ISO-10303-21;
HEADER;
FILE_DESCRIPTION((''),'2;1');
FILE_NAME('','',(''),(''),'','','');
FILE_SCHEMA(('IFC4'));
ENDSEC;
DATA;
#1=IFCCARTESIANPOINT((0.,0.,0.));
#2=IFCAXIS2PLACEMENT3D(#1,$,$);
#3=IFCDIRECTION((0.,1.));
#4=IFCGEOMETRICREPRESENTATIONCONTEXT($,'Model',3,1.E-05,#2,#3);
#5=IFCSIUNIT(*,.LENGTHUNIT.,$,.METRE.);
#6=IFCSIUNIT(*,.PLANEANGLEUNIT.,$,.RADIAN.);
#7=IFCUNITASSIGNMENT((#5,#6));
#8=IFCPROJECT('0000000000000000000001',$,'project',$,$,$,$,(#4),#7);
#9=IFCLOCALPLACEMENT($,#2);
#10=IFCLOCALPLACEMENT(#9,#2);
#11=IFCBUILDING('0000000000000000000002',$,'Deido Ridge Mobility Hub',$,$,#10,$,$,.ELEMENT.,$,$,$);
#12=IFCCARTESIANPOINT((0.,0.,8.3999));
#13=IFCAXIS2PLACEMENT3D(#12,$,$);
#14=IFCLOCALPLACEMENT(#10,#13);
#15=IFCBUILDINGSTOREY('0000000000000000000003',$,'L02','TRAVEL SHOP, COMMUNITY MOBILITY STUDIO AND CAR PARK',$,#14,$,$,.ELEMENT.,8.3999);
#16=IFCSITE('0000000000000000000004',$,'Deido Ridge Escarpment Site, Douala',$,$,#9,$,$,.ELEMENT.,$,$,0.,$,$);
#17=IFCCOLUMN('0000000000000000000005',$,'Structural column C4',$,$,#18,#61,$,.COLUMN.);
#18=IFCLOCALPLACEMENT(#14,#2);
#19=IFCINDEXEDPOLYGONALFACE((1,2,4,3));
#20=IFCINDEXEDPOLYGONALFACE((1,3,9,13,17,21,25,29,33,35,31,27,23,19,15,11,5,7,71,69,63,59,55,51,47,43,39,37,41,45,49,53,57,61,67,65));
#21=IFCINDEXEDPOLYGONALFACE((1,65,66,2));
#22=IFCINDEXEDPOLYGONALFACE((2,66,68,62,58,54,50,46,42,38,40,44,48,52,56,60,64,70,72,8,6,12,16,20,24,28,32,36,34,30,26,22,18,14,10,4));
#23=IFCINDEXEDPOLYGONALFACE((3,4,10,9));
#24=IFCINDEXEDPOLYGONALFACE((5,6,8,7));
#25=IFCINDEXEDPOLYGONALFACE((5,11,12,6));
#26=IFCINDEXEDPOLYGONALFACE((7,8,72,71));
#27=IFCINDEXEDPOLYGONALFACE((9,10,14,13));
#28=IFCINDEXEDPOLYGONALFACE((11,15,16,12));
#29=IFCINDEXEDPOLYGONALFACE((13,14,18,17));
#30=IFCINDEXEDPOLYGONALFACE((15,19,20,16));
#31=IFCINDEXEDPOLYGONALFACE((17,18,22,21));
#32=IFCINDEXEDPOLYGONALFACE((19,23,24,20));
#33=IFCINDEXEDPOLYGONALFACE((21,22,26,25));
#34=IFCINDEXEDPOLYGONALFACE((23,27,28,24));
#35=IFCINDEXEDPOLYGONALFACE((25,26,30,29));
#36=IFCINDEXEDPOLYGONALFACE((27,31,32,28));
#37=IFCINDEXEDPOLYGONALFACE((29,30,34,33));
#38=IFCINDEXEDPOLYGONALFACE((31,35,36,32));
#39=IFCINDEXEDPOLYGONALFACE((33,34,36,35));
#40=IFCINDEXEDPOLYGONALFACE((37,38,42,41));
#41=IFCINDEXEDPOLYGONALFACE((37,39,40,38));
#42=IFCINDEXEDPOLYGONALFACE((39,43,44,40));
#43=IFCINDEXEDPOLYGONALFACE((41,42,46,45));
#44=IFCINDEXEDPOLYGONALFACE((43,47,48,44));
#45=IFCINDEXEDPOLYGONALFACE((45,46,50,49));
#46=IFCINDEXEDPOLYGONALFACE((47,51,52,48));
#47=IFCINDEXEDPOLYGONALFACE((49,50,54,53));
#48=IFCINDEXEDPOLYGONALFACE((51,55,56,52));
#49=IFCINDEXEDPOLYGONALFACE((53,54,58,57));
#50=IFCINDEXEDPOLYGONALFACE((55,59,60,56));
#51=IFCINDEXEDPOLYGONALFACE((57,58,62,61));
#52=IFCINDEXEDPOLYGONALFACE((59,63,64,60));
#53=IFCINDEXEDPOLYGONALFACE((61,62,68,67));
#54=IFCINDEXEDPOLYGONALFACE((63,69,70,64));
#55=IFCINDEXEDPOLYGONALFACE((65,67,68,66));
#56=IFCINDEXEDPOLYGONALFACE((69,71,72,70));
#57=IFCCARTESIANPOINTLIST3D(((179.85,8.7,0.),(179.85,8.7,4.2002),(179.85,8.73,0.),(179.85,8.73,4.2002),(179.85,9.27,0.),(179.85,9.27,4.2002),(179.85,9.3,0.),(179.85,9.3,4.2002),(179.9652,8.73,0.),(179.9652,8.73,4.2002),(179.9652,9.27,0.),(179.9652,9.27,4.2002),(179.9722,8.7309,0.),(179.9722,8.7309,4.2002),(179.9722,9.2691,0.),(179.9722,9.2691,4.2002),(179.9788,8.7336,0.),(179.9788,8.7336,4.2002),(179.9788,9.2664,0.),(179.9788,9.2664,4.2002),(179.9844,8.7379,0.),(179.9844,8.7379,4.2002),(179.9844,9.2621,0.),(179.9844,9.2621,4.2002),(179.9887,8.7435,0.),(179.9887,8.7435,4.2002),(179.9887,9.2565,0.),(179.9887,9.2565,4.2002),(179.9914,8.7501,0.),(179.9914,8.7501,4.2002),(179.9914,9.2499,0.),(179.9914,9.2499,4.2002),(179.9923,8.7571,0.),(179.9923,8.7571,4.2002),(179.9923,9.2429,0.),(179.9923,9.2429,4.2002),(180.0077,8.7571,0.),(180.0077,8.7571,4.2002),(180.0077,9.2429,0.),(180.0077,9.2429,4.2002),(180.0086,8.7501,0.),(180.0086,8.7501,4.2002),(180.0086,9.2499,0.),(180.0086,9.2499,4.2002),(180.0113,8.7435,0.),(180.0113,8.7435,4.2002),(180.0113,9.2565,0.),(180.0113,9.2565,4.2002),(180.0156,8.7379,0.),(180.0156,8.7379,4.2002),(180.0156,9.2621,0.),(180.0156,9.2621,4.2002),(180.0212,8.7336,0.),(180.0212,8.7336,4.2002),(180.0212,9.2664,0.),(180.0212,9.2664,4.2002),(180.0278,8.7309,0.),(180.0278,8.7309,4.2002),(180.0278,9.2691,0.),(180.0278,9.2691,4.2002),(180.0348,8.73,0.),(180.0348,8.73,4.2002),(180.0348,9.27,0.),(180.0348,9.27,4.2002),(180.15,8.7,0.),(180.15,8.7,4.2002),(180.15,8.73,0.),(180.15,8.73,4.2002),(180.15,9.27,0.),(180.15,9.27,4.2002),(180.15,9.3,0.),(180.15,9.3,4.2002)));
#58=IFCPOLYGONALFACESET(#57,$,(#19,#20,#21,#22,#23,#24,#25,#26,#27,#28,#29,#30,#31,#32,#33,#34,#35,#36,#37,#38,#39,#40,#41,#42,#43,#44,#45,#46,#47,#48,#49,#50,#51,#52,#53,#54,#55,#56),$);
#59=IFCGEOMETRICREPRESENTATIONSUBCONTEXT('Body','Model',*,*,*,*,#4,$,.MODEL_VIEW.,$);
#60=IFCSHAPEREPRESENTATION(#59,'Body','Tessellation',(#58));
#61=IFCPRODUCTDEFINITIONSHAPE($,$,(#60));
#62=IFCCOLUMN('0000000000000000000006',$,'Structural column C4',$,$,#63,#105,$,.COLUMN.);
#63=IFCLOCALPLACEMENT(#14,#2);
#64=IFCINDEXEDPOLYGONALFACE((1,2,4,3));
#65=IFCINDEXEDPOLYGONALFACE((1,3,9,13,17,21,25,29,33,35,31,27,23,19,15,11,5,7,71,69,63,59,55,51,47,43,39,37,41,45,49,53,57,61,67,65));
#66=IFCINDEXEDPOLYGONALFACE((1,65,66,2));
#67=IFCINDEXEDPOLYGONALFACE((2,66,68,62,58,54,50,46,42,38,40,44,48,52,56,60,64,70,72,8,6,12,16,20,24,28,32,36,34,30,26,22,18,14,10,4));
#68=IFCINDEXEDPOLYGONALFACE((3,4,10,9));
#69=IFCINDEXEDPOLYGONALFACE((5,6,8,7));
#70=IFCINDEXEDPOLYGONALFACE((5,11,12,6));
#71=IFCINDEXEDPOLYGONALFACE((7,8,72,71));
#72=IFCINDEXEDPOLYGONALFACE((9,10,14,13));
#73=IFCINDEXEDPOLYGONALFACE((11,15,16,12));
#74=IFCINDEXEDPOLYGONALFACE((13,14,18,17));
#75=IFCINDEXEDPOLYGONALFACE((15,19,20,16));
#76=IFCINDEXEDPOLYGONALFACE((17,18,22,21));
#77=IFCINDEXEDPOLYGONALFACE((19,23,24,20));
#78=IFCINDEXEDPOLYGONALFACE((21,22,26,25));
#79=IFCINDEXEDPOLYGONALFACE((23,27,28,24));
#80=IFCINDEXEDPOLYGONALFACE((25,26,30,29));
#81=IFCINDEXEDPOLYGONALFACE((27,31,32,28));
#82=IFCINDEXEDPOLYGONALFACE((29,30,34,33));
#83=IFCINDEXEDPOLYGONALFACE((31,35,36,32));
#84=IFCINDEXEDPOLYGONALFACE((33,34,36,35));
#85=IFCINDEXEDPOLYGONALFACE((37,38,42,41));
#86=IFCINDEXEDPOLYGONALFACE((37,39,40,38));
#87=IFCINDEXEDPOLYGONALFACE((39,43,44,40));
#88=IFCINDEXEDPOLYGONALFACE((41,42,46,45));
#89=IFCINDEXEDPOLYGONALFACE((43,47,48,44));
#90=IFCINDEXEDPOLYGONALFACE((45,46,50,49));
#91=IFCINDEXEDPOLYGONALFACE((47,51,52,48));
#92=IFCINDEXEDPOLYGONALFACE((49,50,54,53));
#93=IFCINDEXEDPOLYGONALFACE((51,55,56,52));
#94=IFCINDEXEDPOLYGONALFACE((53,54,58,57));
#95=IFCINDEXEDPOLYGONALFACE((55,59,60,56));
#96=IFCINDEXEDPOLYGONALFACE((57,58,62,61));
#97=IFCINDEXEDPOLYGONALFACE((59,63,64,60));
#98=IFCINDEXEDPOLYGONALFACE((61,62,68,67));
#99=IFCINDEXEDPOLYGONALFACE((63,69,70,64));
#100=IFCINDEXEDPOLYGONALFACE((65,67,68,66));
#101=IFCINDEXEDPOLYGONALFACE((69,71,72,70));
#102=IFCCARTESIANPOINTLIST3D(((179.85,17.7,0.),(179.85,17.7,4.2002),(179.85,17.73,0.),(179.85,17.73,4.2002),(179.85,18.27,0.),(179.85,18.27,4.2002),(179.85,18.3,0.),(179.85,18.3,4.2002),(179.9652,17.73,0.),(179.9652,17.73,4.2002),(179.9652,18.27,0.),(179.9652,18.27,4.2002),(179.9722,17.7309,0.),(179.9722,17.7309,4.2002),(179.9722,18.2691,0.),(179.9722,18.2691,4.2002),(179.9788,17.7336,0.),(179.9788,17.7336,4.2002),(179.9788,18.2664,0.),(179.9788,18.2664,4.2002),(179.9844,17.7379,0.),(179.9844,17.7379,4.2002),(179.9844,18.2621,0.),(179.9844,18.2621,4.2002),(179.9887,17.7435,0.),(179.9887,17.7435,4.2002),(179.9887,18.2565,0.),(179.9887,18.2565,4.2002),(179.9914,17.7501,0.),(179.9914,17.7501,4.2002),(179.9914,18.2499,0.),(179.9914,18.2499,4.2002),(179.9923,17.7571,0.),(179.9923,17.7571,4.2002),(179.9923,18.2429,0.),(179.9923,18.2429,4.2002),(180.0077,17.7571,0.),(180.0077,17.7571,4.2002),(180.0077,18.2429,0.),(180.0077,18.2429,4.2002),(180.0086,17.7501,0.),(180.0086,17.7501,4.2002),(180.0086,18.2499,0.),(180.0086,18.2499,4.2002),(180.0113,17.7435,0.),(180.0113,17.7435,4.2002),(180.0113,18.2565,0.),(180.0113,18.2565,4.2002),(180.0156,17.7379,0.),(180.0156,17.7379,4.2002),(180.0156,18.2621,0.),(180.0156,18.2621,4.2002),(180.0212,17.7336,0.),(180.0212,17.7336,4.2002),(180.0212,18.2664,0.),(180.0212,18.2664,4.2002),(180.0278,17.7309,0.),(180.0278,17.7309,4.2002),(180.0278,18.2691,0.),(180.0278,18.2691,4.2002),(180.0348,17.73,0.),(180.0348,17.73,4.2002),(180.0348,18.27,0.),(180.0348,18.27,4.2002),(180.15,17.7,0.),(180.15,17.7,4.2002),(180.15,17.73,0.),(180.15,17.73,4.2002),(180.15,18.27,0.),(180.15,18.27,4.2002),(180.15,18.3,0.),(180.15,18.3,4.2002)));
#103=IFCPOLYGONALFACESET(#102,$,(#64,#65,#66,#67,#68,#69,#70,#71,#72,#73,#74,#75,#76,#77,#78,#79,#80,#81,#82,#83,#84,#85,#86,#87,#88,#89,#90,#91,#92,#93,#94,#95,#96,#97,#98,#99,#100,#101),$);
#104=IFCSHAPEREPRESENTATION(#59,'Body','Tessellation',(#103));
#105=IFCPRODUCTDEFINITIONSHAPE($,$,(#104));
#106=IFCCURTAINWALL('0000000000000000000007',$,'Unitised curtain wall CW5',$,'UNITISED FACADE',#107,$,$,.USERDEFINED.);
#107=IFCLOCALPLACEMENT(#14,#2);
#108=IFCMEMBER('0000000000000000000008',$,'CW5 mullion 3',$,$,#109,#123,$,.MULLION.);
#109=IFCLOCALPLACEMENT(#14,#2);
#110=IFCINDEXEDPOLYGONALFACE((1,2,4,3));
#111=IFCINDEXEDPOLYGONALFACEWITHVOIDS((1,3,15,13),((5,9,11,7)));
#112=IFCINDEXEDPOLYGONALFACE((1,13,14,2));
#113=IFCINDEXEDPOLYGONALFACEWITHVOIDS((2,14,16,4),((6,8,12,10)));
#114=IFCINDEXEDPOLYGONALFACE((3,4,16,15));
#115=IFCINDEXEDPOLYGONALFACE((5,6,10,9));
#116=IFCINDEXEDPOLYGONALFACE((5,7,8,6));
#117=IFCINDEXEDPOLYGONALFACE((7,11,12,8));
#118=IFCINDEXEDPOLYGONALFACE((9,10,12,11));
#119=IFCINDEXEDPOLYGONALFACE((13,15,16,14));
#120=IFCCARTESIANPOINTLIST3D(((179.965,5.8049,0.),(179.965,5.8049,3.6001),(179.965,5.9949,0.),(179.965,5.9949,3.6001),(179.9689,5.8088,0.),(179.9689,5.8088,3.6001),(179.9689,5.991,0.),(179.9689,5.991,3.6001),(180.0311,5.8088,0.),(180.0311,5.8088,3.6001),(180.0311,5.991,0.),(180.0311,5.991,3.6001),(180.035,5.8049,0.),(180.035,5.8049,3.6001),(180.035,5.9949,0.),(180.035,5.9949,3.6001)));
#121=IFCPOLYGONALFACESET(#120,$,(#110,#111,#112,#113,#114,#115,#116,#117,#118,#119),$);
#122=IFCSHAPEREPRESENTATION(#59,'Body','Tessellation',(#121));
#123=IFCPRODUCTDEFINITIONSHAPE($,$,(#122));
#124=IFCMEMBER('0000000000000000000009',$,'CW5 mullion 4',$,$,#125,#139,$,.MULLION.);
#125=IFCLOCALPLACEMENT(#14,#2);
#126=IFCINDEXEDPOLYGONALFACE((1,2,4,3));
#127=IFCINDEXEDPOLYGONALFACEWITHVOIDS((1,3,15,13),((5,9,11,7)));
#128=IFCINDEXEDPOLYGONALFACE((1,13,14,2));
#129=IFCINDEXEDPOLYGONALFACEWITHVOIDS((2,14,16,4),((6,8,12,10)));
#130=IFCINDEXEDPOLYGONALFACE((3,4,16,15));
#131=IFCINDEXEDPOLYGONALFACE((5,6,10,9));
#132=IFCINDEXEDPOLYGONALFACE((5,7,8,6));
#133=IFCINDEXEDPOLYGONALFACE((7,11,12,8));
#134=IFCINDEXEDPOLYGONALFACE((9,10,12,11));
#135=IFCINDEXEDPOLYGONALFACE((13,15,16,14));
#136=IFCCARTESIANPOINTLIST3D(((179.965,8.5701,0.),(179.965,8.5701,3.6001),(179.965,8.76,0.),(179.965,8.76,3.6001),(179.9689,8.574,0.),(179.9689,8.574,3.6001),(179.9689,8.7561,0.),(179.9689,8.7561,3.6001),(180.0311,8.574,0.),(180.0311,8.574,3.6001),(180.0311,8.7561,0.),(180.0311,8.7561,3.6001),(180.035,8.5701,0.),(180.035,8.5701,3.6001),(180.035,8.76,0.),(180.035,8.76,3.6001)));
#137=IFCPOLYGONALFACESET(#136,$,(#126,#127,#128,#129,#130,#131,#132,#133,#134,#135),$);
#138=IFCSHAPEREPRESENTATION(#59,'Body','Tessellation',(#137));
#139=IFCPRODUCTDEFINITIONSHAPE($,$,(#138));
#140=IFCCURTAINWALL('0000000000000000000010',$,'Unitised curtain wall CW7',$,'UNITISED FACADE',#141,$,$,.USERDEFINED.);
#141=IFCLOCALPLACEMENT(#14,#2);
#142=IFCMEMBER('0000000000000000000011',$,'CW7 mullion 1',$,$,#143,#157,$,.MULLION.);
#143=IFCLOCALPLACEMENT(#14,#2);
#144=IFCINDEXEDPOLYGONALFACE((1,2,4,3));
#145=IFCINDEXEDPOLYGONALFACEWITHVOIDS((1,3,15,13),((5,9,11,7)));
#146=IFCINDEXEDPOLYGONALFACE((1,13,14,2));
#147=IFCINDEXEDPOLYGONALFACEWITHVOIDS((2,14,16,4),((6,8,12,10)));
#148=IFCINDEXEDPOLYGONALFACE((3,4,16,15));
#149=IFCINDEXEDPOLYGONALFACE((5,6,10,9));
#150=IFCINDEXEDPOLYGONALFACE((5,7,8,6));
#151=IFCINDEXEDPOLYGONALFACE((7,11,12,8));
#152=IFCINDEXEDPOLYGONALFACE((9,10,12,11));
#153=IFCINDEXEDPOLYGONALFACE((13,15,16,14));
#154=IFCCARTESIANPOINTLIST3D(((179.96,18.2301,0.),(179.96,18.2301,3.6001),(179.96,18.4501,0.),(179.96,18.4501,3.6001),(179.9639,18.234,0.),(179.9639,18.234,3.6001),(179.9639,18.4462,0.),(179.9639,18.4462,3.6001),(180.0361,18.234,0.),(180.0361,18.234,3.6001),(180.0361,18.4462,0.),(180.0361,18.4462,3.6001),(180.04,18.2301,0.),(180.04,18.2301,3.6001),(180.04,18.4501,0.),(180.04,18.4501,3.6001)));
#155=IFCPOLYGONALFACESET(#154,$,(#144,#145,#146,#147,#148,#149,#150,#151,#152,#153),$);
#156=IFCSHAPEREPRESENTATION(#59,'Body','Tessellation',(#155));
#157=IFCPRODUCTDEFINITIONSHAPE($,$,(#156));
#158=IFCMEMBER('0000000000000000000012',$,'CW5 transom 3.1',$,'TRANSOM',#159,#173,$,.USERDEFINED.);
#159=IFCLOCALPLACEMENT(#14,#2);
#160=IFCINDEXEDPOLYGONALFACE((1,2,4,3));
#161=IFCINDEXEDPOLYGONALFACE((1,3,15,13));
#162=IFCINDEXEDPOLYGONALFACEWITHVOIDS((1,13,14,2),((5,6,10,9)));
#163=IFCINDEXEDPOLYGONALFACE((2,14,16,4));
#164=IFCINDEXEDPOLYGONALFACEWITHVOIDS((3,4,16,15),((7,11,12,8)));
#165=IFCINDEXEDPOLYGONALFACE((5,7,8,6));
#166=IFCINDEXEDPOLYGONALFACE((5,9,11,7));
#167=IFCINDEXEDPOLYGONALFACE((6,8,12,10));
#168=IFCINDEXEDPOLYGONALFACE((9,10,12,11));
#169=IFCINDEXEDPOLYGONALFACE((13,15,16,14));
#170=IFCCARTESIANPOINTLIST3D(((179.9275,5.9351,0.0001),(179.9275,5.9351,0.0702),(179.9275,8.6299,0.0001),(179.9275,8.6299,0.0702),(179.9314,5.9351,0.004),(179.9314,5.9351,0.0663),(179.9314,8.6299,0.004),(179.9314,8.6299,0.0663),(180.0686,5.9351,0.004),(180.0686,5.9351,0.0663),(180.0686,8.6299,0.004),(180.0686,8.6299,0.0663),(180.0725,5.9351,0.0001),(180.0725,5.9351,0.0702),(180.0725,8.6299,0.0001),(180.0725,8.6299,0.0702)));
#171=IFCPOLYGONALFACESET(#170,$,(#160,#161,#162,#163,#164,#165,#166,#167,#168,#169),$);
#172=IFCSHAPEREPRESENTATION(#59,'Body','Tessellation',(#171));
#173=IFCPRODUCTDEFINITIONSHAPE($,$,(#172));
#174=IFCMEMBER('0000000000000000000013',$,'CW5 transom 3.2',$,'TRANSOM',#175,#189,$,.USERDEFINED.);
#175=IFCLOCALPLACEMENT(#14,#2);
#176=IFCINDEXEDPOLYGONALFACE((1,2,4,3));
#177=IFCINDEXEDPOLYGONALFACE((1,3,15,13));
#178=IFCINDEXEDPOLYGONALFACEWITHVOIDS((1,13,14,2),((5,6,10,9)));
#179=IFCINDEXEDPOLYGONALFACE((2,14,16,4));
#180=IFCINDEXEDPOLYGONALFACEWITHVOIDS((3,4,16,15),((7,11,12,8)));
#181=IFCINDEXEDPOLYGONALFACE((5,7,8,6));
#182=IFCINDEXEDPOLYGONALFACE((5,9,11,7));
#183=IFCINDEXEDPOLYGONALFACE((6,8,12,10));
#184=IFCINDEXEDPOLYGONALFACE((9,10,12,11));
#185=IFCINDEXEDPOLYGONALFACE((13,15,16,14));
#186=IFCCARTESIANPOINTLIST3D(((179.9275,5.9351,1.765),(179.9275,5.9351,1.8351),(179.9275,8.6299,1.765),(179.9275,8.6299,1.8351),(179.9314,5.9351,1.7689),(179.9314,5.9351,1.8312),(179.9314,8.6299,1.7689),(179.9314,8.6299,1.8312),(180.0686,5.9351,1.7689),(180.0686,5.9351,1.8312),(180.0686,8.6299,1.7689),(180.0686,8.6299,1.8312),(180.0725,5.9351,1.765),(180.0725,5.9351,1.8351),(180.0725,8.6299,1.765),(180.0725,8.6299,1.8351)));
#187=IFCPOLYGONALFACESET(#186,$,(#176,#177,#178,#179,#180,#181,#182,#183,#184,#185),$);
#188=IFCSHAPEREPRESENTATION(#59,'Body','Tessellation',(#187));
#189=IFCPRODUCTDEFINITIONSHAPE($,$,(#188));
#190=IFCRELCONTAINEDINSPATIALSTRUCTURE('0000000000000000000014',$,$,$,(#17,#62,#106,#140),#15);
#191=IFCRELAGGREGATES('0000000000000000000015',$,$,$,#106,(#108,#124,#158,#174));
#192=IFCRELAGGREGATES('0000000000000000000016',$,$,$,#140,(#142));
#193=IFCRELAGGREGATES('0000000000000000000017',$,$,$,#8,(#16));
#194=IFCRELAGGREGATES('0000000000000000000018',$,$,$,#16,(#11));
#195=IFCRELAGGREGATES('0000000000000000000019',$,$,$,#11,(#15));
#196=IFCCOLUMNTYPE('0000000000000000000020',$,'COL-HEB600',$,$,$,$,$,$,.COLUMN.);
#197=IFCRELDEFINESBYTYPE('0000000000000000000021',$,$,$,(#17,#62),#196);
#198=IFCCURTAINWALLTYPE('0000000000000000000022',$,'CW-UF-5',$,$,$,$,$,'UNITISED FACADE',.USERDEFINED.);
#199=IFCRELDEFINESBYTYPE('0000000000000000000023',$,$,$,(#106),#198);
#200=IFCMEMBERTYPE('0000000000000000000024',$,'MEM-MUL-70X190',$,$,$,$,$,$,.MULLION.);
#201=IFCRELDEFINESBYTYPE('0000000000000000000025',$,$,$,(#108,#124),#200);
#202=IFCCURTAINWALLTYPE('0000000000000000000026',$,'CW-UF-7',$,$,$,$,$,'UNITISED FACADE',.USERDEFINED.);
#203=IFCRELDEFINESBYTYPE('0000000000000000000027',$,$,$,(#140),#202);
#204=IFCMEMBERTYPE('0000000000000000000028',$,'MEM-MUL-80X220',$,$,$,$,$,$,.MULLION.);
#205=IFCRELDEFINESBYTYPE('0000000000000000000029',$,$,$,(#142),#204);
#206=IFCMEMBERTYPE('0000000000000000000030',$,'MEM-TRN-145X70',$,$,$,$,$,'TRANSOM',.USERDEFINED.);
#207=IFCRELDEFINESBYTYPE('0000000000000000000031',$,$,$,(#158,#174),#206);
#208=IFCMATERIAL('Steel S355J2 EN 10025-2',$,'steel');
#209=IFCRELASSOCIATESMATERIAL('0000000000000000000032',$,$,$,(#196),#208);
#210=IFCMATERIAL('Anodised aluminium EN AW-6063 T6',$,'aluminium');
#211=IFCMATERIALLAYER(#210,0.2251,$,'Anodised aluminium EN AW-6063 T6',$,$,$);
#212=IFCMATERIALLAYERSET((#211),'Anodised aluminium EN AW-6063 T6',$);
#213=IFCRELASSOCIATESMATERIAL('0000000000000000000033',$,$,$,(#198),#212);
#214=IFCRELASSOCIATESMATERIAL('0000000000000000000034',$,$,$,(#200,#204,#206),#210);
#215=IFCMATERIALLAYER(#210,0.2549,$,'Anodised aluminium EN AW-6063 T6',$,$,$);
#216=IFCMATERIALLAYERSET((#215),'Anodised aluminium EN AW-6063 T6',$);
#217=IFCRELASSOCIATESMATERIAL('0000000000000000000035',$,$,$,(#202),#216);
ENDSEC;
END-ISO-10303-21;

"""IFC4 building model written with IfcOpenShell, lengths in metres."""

from ifc_helpers import new_model, si_unit, direction, frame, origin, origin_2d, place, context, subcontext, project, spatial, hollow_rectangle, i_section, extrude, material, layer, layer_set, material_profile, profile_set, type_object, element, aggregate, save


model = new_model("IFC4")

# Units and contexts
model_context = context("Model", 3, precision=1e-05, world=origin(), true_north=direction((0.0, 1.0)))
body_context = subcontext(model_context, "Body", "Model", "MODEL_VIEW")
ifc_project = project(units=[si_unit("LENGTHUNIT", "METRE"), si_unit("PLANEANGLEUNIT", "RADIAN")], contexts=[model_context])

# Site, building, storey
site_placement = place(None, origin())
site = spatial("IfcSite", under=ifc_project, at=site_placement, Name="Deido Ridge Escarpment Site, Douala", CompositionType="ELEMENT", RefElevation=0.0)
building_placement = place(site_placement, origin())
building = spatial("IfcBuilding", under=site, at=building_placement, Name="Deido Ridge Mobility Hub", CompositionType="ELEMENT")
storey_placement = place(building_placement, frame((0.0, 0.0, 8.3999)))
storey = spatial("IfcBuildingStorey", under=building, at=storey_placement, Name="L02", Description="TRAVEL SHOP, COMMUNITY MOBILITY STUDIO AND CAR PARK", CompositionType="ELEMENT", Elevation=8.3999)

# Columns
ifc_material_1 = material(Name="Steel S355J2 EN 10025-2", Category="steel")
ifc_material_profile_1 = material_profile(ifc_material_1, i_section(OverallWidth=0.3, OverallDepth=0.6001, WebThickness=0.0154, FlangeThickness=0.03, FilletRadius=0.0271, at=origin_2d()), Name="HEB 600")
ifc_profile_set_1 = profile_set([ifc_material_profile_1], Name="Steel S355J2 EN 10025-2")
column_type = type_object("IfcColumnType", Name="COL-HEB600", PredefinedType="COLUMN", material=ifc_profile_set_1)
for number, where, z_axis, x_axis, name in (
    (1, (180.0, 9.0, 0.0), (0.0, 0.0, 1.0), (1.0, 0.0, 0.0), "Structural column C4"),
    (2, (180.0, 18.0, 0.0), (0.0, 0.0, 1.0), (1.0, 0.0, 0.0), "Structural column C4"),
):
    element("IfcColumn", number, at=place(storey_placement, frame(where, z_axis=z_axis, x_axis=x_axis)), inside=storey, type_object=column_type, Name=name, PredefinedType="COLUMN", context=body_context, shape_type="SweptSolid", body=[
        extrude(i_section(OverallWidth=0.3, OverallDepth=0.6001, WebThickness=0.0154, FlangeThickness=0.03, FilletRadius=0.0271, at=origin_2d()), origin(), (0.0, 0.0, 1.0), 4.2002),
    ])

# Curtain wall, members
ifc_material_2 = material(Name="Anodised aluminium EN AW-6063 T6", Category="aluminium")
ifc_layer_1 = layer(ifc_material_2, 0.2251, Name="Anodised aluminium EN AW-6063 T6")
ifc_layer_set_1 = layer_set([ifc_layer_1], Name="Anodised aluminium EN AW-6063 T6")
curtain_wall_type_1 = type_object("IfcCurtainWallType", Name="CW-UF-5", ElementType="UNITISED FACADE", PredefinedType="USERDEFINED", material=ifc_layer_set_1)
curtain_wall_1_placement = place(storey_placement, origin())
curtain_wall_1 = element("IfcCurtainWall", 3, at=curtain_wall_1_placement, inside=storey, type_object=curtain_wall_type_1, Name="Unitised curtain wall CW5", ObjectType="UNITISED FACADE", PredefinedType="USERDEFINED")
ifc_material_profile_2 = material_profile(ifc_material_2, hollow_rectangle(XDim=0.0701, YDim=0.1899, WallThickness=0.0039, at=origin_2d()), Name="RHS 70x190x4")
ifc_profile_set_2 = profile_set([ifc_material_profile_2], Name="Anodised aluminium EN AW-6063 T6")
member_type_1 = type_object("IfcMemberType", Name="MEM-MUL-70X190", PredefinedType="MULLION", material=ifc_profile_set_2)
member_1_placement = place(storey_placement, frame((180.0, 5.8999, 0.0), z_axis=(0.0, 0.0, 1.0), x_axis=(-1.0, 0.0, 0.0)))
member_1 = element("IfcMember", 4, at=member_1_placement, type_object=member_type_1, Name="CW5 mullion 3", PredefinedType="MULLION", context=body_context, shape_type="SweptSolid", body=[
    extrude(hollow_rectangle(XDim=0.0701, YDim=0.1899, WallThickness=0.0039, at=origin_2d()), origin(), (0.0, 0.0, 1.0), 3.6001),
])
member_2_placement = place(storey_placement, frame((180.0, 8.665, 0.0), z_axis=(0.0, 0.0, 1.0), x_axis=(-1.0, 0.0, 0.0)))
member_2 = element("IfcMember", 5, at=member_2_placement, type_object=member_type_1, Name="CW5 mullion 4", PredefinedType="MULLION", context=body_context, shape_type="SweptSolid", body=[
    extrude(hollow_rectangle(XDim=0.0701, YDim=0.1899, WallThickness=0.0039, at=origin_2d()), origin(), (0.0, 0.0, 1.0), 3.6001),
])

# Curtain wall, member
ifc_layer_2 = layer(ifc_material_2, 0.2549, Name="Anodised aluminium EN AW-6063 T6")
ifc_layer_set_2 = layer_set([ifc_layer_2], Name="Anodised aluminium EN AW-6063 T6")
curtain_wall_type_2 = type_object("IfcCurtainWallType", Name="CW-UF-7", ElementType="UNITISED FACADE", PredefinedType="USERDEFINED", material=ifc_layer_set_2)
curtain_wall_2_placement = place(storey_placement, origin())
curtain_wall_2 = element("IfcCurtainWall", 6, at=curtain_wall_2_placement, inside=storey, type_object=curtain_wall_type_2, Name="Unitised curtain wall CW7", ObjectType="UNITISED FACADE", PredefinedType="USERDEFINED")
ifc_material_profile_3 = material_profile(ifc_material_2, hollow_rectangle(XDim=0.0801, YDim=0.22, WallThickness=0.0039, at=origin_2d()), Name="RHS 80x220x4")
ifc_profile_set_3 = profile_set([ifc_material_profile_3], Name="Anodised aluminium EN AW-6063 T6")
member_type_2 = type_object("IfcMemberType", Name="MEM-MUL-80X220", PredefinedType="MULLION", material=ifc_profile_set_3)
member_3_placement = place(storey_placement, frame((180.0, 18.3401, 0.0), z_axis=(0.0, 0.0, 1.0), x_axis=(-1.0, 0.0, 0.0)))
member_3 = element("IfcMember", 7, at=member_3_placement, type_object=member_type_2, Name="CW7 mullion 1", PredefinedType="MULLION", context=body_context, shape_type="SweptSolid", body=[
    extrude(hollow_rectangle(XDim=0.0801, YDim=0.22, WallThickness=0.0039, at=origin_2d()), origin(), (0.0, 0.0, 1.0), 3.6001),
])

# Members
ifc_material_profile_4 = material_profile(ifc_material_2, hollow_rectangle(XDim=0.145, YDim=0.0701, WallThickness=0.0039, at=origin_2d()), Name="RHS 145x70x4")
ifc_profile_set_4 = profile_set([ifc_material_profile_4], Name="Anodised aluminium EN AW-6063 T6")
member_type_3 = type_object("IfcMemberType", Name="MEM-TRN-145X70", ElementType="TRANSOM", PredefinedType="USERDEFINED", material=ifc_profile_set_4)
member_4_placement = place(storey_placement, frame((180.0, 5.9351, 0.0352), z_axis=(0.0, 1.0, 0.0), x_axis=(-1.0, 0.0, 0.0)))
member_4 = element("IfcMember", 8, at=member_4_placement, type_object=member_type_3, Name="CW5 transom 3.1", ObjectType="TRANSOM", PredefinedType="USERDEFINED", context=body_context, shape_type="SweptSolid", body=[
    extrude(hollow_rectangle(XDim=0.145, YDim=0.0701, WallThickness=0.0039, at=origin_2d()), origin(), (0.0, 0.0, 1.0), 2.6948),
])
member_5_placement = place(storey_placement, frame((180.0, 5.9351, 1.8), z_axis=(0.0, 1.0, 0.0), x_axis=(-1.0, 0.0, 0.0)))
member_5 = element("IfcMember", 9, at=member_5_placement, type_object=member_type_3, Name="CW5 transom 3.2", ObjectType="TRANSOM", PredefinedType="USERDEFINED", context=body_context, shape_type="SweptSolid", body=[
    extrude(hollow_rectangle(XDim=0.145, YDim=0.0701, WallThickness=0.0039, at=origin_2d()), origin(), (0.0, 0.0, 1.0), 2.6948),
])

aggregate(curtain_wall_1, [member_1, member_2, member_4, member_5])
aggregate(curtain_wall_2, [member_3])

save(model, "model.ifc")
